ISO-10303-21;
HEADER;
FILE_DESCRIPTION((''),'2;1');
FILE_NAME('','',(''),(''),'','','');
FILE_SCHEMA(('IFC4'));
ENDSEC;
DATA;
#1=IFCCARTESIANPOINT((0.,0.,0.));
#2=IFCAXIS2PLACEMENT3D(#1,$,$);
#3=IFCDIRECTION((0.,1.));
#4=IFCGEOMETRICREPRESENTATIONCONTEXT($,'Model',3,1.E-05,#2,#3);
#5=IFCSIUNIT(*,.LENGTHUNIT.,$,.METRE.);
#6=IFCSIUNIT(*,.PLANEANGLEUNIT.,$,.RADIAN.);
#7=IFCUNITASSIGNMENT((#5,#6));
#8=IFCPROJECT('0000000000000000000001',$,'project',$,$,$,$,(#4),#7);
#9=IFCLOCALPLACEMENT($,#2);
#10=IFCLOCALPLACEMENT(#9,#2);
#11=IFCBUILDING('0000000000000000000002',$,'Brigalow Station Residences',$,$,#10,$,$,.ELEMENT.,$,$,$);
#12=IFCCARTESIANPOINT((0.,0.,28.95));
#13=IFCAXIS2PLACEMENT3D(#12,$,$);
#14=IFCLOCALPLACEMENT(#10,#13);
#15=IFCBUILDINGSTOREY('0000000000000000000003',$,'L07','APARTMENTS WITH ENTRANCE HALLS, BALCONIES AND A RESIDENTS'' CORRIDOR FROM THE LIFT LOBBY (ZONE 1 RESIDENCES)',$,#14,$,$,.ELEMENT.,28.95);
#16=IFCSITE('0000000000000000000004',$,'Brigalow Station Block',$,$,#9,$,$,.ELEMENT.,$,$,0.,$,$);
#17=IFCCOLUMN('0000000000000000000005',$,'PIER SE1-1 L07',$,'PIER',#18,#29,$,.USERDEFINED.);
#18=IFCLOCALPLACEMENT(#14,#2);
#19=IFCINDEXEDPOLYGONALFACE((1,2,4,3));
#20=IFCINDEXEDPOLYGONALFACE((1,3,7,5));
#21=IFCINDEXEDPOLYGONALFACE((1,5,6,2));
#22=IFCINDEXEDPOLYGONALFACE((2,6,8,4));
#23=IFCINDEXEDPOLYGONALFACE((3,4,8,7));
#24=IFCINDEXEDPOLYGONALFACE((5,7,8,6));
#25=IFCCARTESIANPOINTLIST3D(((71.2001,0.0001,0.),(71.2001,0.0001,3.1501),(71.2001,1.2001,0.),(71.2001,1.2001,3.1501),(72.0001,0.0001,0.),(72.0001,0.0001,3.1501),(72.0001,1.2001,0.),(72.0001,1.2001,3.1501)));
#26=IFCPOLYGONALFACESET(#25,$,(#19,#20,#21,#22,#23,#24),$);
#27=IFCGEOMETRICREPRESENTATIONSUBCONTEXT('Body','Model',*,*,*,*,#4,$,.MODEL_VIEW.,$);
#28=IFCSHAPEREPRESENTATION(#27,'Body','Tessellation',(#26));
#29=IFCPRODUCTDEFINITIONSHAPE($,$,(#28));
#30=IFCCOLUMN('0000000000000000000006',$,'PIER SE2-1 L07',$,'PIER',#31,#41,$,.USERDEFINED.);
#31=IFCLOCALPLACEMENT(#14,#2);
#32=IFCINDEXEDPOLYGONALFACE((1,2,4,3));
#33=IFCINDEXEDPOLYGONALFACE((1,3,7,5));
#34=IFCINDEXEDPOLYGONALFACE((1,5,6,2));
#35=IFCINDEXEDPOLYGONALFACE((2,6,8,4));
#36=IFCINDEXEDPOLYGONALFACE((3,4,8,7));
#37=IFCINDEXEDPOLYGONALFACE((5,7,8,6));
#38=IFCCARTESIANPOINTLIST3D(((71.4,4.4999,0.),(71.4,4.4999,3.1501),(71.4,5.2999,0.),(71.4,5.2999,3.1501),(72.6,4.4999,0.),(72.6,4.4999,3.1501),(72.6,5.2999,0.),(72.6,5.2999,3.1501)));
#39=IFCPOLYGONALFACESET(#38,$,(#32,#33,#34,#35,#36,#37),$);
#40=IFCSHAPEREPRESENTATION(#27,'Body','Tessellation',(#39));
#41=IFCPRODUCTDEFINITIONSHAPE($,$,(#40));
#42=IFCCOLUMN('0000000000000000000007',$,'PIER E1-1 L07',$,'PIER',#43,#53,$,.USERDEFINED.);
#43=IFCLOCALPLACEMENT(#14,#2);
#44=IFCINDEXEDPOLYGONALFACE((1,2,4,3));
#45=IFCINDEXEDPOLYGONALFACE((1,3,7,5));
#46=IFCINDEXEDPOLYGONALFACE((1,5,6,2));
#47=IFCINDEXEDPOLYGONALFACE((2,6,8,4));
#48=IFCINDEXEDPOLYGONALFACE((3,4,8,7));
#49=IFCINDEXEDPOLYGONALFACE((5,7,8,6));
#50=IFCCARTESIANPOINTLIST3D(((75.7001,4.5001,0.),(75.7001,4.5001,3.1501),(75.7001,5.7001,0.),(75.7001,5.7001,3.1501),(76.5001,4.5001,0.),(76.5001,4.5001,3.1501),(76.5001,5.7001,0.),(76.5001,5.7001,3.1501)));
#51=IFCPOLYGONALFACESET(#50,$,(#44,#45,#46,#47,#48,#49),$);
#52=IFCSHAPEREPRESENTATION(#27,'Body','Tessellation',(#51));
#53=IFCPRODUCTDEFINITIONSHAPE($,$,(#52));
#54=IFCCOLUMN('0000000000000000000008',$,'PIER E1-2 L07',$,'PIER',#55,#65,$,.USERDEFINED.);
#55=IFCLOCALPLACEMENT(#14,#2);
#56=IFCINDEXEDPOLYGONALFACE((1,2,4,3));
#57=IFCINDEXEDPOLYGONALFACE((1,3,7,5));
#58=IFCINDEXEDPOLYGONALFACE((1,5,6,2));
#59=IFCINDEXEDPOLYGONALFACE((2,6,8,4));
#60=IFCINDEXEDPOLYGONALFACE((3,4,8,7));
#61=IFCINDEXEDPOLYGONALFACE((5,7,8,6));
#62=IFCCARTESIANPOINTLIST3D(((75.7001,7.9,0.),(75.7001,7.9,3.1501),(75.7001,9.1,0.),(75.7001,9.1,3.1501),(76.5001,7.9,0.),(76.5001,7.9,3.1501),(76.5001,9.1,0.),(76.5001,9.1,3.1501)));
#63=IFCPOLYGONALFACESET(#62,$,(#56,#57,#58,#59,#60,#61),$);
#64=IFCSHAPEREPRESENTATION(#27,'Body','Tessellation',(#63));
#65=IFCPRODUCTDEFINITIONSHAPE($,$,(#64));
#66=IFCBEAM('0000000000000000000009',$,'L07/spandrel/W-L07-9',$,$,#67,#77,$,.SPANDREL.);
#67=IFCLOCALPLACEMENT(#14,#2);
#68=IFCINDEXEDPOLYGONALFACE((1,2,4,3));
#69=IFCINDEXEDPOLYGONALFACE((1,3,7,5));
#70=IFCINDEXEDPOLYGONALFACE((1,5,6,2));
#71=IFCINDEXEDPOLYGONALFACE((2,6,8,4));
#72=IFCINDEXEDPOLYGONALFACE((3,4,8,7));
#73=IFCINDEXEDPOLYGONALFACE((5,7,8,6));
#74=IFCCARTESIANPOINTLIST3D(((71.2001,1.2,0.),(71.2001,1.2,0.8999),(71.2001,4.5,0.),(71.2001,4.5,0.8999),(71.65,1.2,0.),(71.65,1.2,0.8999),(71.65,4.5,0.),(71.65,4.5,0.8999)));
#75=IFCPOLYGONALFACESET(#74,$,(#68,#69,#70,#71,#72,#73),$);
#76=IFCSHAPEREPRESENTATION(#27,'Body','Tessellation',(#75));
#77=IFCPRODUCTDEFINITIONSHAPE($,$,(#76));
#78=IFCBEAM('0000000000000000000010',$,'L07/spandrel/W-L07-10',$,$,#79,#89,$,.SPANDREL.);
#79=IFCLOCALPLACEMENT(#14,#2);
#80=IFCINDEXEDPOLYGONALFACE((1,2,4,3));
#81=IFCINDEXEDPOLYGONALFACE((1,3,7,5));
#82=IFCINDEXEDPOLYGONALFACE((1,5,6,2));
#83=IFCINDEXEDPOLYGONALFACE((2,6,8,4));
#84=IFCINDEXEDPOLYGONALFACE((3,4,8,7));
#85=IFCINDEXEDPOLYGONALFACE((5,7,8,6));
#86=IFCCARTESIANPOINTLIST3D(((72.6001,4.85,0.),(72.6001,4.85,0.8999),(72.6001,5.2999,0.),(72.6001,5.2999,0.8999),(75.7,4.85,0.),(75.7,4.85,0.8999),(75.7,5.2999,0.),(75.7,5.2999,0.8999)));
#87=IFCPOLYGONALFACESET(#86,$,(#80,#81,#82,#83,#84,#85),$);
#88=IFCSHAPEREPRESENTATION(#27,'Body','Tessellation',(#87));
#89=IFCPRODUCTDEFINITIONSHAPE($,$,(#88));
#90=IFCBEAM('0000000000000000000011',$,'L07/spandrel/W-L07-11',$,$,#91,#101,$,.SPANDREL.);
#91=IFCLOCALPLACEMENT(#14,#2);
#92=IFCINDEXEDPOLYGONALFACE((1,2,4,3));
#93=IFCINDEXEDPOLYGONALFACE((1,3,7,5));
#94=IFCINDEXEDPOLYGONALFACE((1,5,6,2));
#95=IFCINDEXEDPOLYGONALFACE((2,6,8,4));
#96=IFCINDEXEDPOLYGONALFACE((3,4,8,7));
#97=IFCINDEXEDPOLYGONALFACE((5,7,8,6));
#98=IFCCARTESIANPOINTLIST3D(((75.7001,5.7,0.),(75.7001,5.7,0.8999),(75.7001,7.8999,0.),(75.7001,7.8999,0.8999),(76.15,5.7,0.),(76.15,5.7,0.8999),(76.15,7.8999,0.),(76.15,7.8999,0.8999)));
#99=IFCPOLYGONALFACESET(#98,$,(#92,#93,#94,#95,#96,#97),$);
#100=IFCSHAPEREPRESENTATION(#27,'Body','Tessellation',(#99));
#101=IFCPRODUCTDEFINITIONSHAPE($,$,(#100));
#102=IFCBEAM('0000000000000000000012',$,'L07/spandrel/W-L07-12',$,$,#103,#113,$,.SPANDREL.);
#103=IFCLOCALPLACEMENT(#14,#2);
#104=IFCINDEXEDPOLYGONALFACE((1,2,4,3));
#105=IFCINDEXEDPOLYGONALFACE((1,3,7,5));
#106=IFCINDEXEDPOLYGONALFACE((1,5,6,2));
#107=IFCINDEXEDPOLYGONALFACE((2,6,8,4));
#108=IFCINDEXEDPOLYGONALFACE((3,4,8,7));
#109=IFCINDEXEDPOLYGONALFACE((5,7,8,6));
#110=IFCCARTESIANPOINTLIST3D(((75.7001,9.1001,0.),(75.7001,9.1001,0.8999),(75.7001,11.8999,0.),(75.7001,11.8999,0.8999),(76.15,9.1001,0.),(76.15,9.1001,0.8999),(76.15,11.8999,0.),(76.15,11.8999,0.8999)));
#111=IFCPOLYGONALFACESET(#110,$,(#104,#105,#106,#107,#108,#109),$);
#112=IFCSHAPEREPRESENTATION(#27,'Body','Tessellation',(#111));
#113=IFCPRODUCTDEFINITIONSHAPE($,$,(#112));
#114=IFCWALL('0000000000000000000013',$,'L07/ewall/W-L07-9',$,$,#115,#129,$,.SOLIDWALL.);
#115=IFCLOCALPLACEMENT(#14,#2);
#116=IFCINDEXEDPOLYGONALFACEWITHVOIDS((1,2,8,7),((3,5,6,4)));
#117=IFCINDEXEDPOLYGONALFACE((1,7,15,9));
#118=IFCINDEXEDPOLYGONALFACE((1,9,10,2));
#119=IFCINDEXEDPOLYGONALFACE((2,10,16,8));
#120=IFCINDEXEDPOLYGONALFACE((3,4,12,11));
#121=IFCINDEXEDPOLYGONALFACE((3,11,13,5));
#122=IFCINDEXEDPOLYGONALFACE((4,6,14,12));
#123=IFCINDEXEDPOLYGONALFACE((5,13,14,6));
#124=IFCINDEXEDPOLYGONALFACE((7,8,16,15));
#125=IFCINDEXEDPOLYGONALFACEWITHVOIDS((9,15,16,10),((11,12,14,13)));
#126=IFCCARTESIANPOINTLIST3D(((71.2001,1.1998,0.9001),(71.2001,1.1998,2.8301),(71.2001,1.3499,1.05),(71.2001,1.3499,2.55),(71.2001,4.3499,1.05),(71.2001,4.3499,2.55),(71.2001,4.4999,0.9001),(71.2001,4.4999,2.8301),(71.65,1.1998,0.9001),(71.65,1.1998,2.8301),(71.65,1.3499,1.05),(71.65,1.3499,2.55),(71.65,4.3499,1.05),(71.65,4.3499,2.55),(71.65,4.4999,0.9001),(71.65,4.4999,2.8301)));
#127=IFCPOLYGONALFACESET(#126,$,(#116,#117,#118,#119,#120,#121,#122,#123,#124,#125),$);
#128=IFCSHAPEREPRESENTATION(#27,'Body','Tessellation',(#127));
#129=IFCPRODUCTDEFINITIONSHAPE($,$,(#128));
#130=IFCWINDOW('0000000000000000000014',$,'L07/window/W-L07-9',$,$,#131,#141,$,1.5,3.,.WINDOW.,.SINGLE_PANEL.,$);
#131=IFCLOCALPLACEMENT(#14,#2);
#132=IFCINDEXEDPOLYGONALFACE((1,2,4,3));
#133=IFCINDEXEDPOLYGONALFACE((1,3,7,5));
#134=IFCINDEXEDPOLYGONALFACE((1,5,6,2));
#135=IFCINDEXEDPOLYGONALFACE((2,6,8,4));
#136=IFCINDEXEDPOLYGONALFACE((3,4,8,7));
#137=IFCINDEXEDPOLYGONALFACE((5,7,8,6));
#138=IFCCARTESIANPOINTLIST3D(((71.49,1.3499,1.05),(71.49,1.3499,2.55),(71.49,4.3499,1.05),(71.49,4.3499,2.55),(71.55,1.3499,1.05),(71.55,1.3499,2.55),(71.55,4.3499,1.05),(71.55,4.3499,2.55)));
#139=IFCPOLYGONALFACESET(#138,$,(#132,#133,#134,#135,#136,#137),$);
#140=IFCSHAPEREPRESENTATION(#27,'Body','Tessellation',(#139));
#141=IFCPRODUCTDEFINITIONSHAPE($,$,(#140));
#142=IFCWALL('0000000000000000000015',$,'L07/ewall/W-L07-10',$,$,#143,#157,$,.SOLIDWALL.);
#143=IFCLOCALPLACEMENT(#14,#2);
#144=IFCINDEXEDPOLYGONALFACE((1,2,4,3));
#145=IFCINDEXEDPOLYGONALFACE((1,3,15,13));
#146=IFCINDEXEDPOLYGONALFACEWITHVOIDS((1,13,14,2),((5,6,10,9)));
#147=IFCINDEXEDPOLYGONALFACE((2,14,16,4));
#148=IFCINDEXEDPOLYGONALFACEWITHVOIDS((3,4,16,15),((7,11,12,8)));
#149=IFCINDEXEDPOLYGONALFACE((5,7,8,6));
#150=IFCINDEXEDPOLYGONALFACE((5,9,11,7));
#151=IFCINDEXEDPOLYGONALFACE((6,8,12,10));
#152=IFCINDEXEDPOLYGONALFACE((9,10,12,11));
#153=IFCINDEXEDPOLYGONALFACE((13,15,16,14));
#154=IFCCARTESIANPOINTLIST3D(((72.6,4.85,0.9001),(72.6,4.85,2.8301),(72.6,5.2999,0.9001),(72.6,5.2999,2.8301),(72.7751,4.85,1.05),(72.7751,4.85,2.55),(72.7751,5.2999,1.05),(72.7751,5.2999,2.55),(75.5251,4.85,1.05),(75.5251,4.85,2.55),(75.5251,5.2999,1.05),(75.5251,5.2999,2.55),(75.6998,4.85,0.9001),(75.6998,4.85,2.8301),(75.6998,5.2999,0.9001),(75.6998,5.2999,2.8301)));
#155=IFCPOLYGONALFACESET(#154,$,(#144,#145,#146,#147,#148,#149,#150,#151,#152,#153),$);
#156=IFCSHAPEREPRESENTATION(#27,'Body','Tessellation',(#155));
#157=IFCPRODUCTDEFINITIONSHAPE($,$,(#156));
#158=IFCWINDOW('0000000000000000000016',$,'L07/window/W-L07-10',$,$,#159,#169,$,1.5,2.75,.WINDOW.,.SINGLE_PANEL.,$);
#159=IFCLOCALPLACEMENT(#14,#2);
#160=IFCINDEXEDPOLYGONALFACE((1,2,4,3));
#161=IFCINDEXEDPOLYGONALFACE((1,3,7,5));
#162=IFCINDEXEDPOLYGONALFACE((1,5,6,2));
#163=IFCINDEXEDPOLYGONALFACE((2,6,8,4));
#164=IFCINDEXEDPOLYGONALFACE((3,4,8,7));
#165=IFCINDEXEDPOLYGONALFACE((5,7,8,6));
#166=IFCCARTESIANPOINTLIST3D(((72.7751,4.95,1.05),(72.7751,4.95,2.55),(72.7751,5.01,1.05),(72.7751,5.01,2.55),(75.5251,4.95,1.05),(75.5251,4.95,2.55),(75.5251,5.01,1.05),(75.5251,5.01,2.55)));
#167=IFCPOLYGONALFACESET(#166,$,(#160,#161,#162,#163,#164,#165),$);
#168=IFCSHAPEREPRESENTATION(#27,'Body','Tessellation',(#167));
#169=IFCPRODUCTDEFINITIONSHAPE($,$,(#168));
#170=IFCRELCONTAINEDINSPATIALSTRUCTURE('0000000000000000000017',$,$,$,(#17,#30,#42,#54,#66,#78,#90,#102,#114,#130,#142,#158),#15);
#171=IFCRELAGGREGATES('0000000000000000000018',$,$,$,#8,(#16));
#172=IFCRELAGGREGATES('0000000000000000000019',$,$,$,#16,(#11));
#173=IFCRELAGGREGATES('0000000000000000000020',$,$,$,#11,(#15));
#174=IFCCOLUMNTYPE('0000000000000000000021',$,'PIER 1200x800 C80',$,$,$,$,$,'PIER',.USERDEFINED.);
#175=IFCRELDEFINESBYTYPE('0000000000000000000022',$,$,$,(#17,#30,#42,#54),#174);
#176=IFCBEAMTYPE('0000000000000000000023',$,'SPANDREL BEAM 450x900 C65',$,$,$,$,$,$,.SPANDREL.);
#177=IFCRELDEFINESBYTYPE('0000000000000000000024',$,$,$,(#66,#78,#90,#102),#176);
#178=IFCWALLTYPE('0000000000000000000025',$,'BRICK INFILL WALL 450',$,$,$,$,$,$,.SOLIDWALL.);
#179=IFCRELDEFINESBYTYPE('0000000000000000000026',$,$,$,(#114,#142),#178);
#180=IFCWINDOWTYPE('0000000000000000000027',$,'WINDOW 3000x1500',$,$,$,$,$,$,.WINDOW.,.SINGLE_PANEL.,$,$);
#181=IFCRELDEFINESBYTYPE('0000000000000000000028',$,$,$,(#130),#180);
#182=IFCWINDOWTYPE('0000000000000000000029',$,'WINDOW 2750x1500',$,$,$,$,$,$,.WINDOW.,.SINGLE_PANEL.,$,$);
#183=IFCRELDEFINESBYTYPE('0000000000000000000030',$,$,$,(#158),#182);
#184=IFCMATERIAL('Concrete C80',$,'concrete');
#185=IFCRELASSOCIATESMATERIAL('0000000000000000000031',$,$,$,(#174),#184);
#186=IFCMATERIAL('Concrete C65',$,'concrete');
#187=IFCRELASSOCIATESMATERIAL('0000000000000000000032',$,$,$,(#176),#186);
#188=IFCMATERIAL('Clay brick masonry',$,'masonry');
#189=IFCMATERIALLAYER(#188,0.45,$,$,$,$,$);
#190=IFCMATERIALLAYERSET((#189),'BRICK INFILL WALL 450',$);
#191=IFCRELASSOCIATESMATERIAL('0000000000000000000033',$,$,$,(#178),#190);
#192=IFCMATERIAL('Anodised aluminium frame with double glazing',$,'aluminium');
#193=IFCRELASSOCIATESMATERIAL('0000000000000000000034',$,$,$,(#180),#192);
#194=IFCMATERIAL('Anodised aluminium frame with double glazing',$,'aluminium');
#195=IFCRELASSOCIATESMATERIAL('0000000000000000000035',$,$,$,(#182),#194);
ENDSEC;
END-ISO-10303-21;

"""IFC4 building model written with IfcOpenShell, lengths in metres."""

from ifc_helpers import new_model, si_unit, direction, frame, frame_2d, origin, origin_2d, place, context, subcontext, project, spatial, rectangle, extrude, material, layer, layer_set, material_profile, profile_set, type_object, element, fill, save


model = new_model("IFC4")

# Units and contexts
model_context = context("Model", 3, precision=1e-05, world=origin(), true_north=direction((0.0, 1.0)))
body_context = subcontext(model_context, "Body", "Model", "MODEL_VIEW")
ifc_project = project(units=[si_unit("LENGTHUNIT", "METRE"), si_unit("PLANEANGLEUNIT", "RADIAN")], contexts=[model_context])

# Site, building, storey
site_placement = place(None, origin())
site = spatial("IfcSite", under=ifc_project, at=site_placement, Name="Brigalow Station Block", CompositionType="ELEMENT", RefElevation=0.0)
building_placement = place(site_placement, origin())
building = spatial("IfcBuilding", under=site, at=building_placement, Name="Brigalow Station Residences", CompositionType="ELEMENT")
storey_placement = place(building_placement, frame((0.0, 0.0, 28.95)))
storey = spatial("IfcBuildingStorey", under=building, at=storey_placement, Name="L07", Description="APARTMENTS WITH ENTRANCE HALLS, BALCONIES AND A RESIDENTS' CORRIDOR FROM THE LIFT LOBBY (ZONE 1 RESIDENCES)", CompositionType="ELEMENT", Elevation=28.95)

# Columns
ifc_material_1 = material(Name="Concrete C80", Category="concrete")
ifc_material_profile_1 = material_profile(ifc_material_1, rectangle(XDim=1.2, YDim=0.8, at=origin_2d()), Name="RC1200x800")
ifc_profile_set_1 = profile_set([ifc_material_profile_1], Name="Concrete C80")
column_type = type_object("IfcColumnType", Name="PIER 1200x800 C80", ElementType="PIER", PredefinedType="USERDEFINED", material=ifc_profile_set_1)
for number, where, z_axis, x_axis, name in (
    (1, (71.6001, 0.6001, 0.0), (0.0, 0.0, 1.0), (0.0, 1.0, 0.0), "PIER SE1-1 L07"),
    (2, (72.0, 4.8999, 0.0), (0.0, 0.0, 1.0), (1.0, 0.0, 0.0), "PIER SE2-1 L07"),
    (3, (76.1001, 5.1001, 0.0), (0.0, 0.0, 1.0), (0.0, 1.0, 0.0), "PIER E1-1 L07"),
    (4, (76.1001, 8.5, 0.0), (0.0, 0.0, 1.0), (0.0, 1.0, 0.0), "PIER E1-2 L07"),
):
    element("IfcColumn", number, at=place(storey_placement, frame(where, z_axis=z_axis, x_axis=x_axis)), inside=storey, type_object=column_type, Name=name, ObjectType="PIER", PredefinedType="USERDEFINED", context=body_context, shape_type="SweptSolid", body=[
        extrude(rectangle(XDim=1.2, YDim=0.8, at=origin_2d()), origin(), (0.0, 0.0, 1.0), 3.1501),
    ])

# Beams
ifc_material_2 = material(Name="Concrete C65", Category="concrete")
ifc_material_profile_2 = material_profile(ifc_material_2, rectangle(XDim=0.45, YDim=0.8999, at=origin_2d()), Name="RC450x900")
ifc_profile_set_2 = profile_set([ifc_material_profile_2], Name="Concrete C65")
beam_type = type_object("IfcBeamType", Name="SPANDREL BEAM 450x900 C65", PredefinedType="SPANDREL", material=ifc_profile_set_2)
beam_1_placement = place(storey_placement, frame((71.425, 1.2, 0.45), z_axis=(0.0, 1.0, 0.0), x_axis=(-1.0, 0.0, 0.0)))
element("IfcBeam", 5, at=beam_1_placement, inside=storey, type_object=beam_type, Name="L07/spandrel/W-L07-9", PredefinedType="SPANDREL", context=body_context, shape_type="SweptSolid", body=[
    extrude(rectangle(XDim=0.45, YDim=0.8999, at=origin_2d()), origin(), (0.0, 0.0, 1.0), 3.3),
])
beam_2_placement = place(storey_placement, frame((72.6001, 5.075, 0.45), z_axis=(1.0, 0.0, 0.0), x_axis=(0.0, 1.0, 0.0)))
element("IfcBeam", 6, at=beam_2_placement, inside=storey, type_object=beam_type, Name="L07/spandrel/W-L07-10", PredefinedType="SPANDREL", context=body_context, shape_type="SweptSolid", body=[
    extrude(rectangle(XDim=0.45, YDim=0.8999, at=origin_2d()), origin(), (0.0, 0.0, 1.0), 3.0999),
])
beam_3_placement = place(storey_placement, frame((75.925, 5.7, 0.45), z_axis=(0.0, 1.0, 0.0), x_axis=(-1.0, 0.0, 0.0)))
element("IfcBeam", 7, at=beam_3_placement, inside=storey, type_object=beam_type, Name="L07/spandrel/W-L07-11", PredefinedType="SPANDREL", context=body_context, shape_type="SweptSolid", body=[
    extrude(rectangle(XDim=0.45, YDim=0.8999, at=origin_2d()), origin(), (0.0, 0.0, 1.0), 2.2),
])
beam_4_placement = place(storey_placement, frame((75.925, 9.1001, 0.45), z_axis=(0.0, 1.0, 0.0), x_axis=(-1.0, 0.0, 0.0)))
element("IfcBeam", 8, at=beam_4_placement, inside=storey, type_object=beam_type, Name="L07/spandrel/W-L07-12", PredefinedType="SPANDREL", context=body_context, shape_type="SweptSolid", body=[
    extrude(rectangle(XDim=0.45, YDim=0.8999, at=origin_2d()), origin(), (0.0, 0.0, 1.0), 2.7998),
])

# Walls, openings, windows
ifc_material_3 = material(Name="Clay brick masonry", Category="masonry")
ifc_layer_1 = layer(ifc_material_3, 0.45)
ifc_layer_set_1 = layer_set([ifc_layer_1], Name="BRICK INFILL WALL 450")
wall_type_1 = type_object("IfcWallType", Name="BRICK INFILL WALL 450", PredefinedType="SOLIDWALL", material=ifc_layer_set_1)
wall_1_placement = place(storey_placement, frame((71.425, 1.2, 0.9001), z_axis=(0.0, 0.0, 1.0), x_axis=(0.0, 1.0, 0.0)))
wall_1 = element("IfcWall", 9, at=wall_1_placement, inside=storey, type_object=wall_type_1, Name="L07/ewall/W-L07-9", PredefinedType="SOLIDWALL", context=body_context, shape_type="SweptSolid", body=[
    extrude(rectangle(XDim=3.3, YDim=0.45, at=frame_2d((1.6499, 0.0))), origin(), (0.0, 0.0, 1.0), 1.9299),
])
opening_1_placement = place(wall_1_placement, frame((0.1499, 0.0, 0.1499)))
opening_1 = element("IfcOpeningElement", 10, at=opening_1_placement, cuts=wall_1, PredefinedType="OPENING", context=body_context, shape_type="SweptSolid", body=[
    extrude(rectangle(XDim=3.0, YDim=1.5, at=frame_2d((1.5, 0.75))), frame((0.0, 0.2349, 0.0), z_axis=(0.0, -1.0, 0.0), x_axis=(1.0, 0.0, 0.0)), (0.0, 0.0, 1.0), 0.47),
])
ifc_material_4 = material(Name="Anodised aluminium frame with double glazing", Category="aluminium")
window_type_1 = type_object("IfcWindowType", Name="WINDOW 3000x1500", PartitioningType="SINGLE_PANEL", PredefinedType="WINDOW", material=ifc_material_4)
window_1_placement = place(opening_1_placement, origin())
window_1 = element("IfcWindow", 11, at=window_1_placement, inside=storey, type_object=window_type_1, Name="L07/window/W-L07-9", OverallHeight=1.5, OverallWidth=3.0, PartitioningType="SINGLE_PANEL", PredefinedType="WINDOW", context=body_context, shape_type="SweptSolid", body=[
    extrude(rectangle(XDim=3.0, YDim=1.5, at=frame_2d((1.5, 0.75))), frame((0.0, -0.0649, 0.0), z_axis=(0.0, -1.0, 0.0), x_axis=(1.0, 0.0, 0.0)), (0.0, 0.0, 1.0), 0.0601),
])
fill(opening_1, window_1)
wall_2_placement = place(storey_placement, frame((72.6001, 5.075, 0.9001), z_axis=(0.0, 0.0, 1.0), x_axis=(1.0, 0.0, 0.0)))
wall_2 = element("IfcWall", 12, at=wall_2_placement, inside=storey, type_object=wall_type_1, Name="L07/ewall/W-L07-10", PredefinedType="SOLIDWALL", context=body_context, shape_type="SweptSolid", body=[
    extrude(rectangle(XDim=3.0999, YDim=0.45, at=frame_2d((1.5498, 0.0))), origin(), (0.0, 0.0, 1.0), 1.9299),
])
opening_2_placement = place(wall_2_placement, frame((0.175, 0.0, 0.1499)))
opening_2 = element("IfcOpeningElement", 13, at=opening_2_placement, cuts=wall_2, PredefinedType="OPENING", context=body_context, shape_type="SweptSolid", body=[
    extrude(rectangle(XDim=2.75, YDim=1.5, at=frame_2d((1.375, 0.75))), frame((0.0, 0.2349, 0.0), z_axis=(0.0, -1.0, 0.0), x_axis=(1.0, 0.0, 0.0)), (0.0, 0.0, 1.0), 0.47),
])
ifc_material_5 = material(Name="Anodised aluminium frame with double glazing", Category="aluminium")
window_type_2 = type_object("IfcWindowType", Name="WINDOW 2750x1500", PartitioningType="SINGLE_PANEL", PredefinedType="WINDOW", material=ifc_material_5)
window_2_placement = place(opening_2_placement, origin())
window_2 = element("IfcWindow", 14, at=window_2_placement, inside=storey, type_object=window_type_2, Name="L07/window/W-L07-10", OverallHeight=1.5, OverallWidth=2.75, PartitioningType="SINGLE_PANEL", PredefinedType="WINDOW", context=body_context, shape_type="SweptSolid", body=[
    extrude(rectangle(XDim=2.75, YDim=1.5, at=frame_2d((1.375, 0.75))), frame((0.0, -0.0649, 0.0), z_axis=(0.0, -1.0, 0.0), x_axis=(1.0, 0.0, 0.0)), (0.0, 0.0, 1.0), 0.0601),
])
fill(opening_2, window_2)

save(model, "model.ifc")
